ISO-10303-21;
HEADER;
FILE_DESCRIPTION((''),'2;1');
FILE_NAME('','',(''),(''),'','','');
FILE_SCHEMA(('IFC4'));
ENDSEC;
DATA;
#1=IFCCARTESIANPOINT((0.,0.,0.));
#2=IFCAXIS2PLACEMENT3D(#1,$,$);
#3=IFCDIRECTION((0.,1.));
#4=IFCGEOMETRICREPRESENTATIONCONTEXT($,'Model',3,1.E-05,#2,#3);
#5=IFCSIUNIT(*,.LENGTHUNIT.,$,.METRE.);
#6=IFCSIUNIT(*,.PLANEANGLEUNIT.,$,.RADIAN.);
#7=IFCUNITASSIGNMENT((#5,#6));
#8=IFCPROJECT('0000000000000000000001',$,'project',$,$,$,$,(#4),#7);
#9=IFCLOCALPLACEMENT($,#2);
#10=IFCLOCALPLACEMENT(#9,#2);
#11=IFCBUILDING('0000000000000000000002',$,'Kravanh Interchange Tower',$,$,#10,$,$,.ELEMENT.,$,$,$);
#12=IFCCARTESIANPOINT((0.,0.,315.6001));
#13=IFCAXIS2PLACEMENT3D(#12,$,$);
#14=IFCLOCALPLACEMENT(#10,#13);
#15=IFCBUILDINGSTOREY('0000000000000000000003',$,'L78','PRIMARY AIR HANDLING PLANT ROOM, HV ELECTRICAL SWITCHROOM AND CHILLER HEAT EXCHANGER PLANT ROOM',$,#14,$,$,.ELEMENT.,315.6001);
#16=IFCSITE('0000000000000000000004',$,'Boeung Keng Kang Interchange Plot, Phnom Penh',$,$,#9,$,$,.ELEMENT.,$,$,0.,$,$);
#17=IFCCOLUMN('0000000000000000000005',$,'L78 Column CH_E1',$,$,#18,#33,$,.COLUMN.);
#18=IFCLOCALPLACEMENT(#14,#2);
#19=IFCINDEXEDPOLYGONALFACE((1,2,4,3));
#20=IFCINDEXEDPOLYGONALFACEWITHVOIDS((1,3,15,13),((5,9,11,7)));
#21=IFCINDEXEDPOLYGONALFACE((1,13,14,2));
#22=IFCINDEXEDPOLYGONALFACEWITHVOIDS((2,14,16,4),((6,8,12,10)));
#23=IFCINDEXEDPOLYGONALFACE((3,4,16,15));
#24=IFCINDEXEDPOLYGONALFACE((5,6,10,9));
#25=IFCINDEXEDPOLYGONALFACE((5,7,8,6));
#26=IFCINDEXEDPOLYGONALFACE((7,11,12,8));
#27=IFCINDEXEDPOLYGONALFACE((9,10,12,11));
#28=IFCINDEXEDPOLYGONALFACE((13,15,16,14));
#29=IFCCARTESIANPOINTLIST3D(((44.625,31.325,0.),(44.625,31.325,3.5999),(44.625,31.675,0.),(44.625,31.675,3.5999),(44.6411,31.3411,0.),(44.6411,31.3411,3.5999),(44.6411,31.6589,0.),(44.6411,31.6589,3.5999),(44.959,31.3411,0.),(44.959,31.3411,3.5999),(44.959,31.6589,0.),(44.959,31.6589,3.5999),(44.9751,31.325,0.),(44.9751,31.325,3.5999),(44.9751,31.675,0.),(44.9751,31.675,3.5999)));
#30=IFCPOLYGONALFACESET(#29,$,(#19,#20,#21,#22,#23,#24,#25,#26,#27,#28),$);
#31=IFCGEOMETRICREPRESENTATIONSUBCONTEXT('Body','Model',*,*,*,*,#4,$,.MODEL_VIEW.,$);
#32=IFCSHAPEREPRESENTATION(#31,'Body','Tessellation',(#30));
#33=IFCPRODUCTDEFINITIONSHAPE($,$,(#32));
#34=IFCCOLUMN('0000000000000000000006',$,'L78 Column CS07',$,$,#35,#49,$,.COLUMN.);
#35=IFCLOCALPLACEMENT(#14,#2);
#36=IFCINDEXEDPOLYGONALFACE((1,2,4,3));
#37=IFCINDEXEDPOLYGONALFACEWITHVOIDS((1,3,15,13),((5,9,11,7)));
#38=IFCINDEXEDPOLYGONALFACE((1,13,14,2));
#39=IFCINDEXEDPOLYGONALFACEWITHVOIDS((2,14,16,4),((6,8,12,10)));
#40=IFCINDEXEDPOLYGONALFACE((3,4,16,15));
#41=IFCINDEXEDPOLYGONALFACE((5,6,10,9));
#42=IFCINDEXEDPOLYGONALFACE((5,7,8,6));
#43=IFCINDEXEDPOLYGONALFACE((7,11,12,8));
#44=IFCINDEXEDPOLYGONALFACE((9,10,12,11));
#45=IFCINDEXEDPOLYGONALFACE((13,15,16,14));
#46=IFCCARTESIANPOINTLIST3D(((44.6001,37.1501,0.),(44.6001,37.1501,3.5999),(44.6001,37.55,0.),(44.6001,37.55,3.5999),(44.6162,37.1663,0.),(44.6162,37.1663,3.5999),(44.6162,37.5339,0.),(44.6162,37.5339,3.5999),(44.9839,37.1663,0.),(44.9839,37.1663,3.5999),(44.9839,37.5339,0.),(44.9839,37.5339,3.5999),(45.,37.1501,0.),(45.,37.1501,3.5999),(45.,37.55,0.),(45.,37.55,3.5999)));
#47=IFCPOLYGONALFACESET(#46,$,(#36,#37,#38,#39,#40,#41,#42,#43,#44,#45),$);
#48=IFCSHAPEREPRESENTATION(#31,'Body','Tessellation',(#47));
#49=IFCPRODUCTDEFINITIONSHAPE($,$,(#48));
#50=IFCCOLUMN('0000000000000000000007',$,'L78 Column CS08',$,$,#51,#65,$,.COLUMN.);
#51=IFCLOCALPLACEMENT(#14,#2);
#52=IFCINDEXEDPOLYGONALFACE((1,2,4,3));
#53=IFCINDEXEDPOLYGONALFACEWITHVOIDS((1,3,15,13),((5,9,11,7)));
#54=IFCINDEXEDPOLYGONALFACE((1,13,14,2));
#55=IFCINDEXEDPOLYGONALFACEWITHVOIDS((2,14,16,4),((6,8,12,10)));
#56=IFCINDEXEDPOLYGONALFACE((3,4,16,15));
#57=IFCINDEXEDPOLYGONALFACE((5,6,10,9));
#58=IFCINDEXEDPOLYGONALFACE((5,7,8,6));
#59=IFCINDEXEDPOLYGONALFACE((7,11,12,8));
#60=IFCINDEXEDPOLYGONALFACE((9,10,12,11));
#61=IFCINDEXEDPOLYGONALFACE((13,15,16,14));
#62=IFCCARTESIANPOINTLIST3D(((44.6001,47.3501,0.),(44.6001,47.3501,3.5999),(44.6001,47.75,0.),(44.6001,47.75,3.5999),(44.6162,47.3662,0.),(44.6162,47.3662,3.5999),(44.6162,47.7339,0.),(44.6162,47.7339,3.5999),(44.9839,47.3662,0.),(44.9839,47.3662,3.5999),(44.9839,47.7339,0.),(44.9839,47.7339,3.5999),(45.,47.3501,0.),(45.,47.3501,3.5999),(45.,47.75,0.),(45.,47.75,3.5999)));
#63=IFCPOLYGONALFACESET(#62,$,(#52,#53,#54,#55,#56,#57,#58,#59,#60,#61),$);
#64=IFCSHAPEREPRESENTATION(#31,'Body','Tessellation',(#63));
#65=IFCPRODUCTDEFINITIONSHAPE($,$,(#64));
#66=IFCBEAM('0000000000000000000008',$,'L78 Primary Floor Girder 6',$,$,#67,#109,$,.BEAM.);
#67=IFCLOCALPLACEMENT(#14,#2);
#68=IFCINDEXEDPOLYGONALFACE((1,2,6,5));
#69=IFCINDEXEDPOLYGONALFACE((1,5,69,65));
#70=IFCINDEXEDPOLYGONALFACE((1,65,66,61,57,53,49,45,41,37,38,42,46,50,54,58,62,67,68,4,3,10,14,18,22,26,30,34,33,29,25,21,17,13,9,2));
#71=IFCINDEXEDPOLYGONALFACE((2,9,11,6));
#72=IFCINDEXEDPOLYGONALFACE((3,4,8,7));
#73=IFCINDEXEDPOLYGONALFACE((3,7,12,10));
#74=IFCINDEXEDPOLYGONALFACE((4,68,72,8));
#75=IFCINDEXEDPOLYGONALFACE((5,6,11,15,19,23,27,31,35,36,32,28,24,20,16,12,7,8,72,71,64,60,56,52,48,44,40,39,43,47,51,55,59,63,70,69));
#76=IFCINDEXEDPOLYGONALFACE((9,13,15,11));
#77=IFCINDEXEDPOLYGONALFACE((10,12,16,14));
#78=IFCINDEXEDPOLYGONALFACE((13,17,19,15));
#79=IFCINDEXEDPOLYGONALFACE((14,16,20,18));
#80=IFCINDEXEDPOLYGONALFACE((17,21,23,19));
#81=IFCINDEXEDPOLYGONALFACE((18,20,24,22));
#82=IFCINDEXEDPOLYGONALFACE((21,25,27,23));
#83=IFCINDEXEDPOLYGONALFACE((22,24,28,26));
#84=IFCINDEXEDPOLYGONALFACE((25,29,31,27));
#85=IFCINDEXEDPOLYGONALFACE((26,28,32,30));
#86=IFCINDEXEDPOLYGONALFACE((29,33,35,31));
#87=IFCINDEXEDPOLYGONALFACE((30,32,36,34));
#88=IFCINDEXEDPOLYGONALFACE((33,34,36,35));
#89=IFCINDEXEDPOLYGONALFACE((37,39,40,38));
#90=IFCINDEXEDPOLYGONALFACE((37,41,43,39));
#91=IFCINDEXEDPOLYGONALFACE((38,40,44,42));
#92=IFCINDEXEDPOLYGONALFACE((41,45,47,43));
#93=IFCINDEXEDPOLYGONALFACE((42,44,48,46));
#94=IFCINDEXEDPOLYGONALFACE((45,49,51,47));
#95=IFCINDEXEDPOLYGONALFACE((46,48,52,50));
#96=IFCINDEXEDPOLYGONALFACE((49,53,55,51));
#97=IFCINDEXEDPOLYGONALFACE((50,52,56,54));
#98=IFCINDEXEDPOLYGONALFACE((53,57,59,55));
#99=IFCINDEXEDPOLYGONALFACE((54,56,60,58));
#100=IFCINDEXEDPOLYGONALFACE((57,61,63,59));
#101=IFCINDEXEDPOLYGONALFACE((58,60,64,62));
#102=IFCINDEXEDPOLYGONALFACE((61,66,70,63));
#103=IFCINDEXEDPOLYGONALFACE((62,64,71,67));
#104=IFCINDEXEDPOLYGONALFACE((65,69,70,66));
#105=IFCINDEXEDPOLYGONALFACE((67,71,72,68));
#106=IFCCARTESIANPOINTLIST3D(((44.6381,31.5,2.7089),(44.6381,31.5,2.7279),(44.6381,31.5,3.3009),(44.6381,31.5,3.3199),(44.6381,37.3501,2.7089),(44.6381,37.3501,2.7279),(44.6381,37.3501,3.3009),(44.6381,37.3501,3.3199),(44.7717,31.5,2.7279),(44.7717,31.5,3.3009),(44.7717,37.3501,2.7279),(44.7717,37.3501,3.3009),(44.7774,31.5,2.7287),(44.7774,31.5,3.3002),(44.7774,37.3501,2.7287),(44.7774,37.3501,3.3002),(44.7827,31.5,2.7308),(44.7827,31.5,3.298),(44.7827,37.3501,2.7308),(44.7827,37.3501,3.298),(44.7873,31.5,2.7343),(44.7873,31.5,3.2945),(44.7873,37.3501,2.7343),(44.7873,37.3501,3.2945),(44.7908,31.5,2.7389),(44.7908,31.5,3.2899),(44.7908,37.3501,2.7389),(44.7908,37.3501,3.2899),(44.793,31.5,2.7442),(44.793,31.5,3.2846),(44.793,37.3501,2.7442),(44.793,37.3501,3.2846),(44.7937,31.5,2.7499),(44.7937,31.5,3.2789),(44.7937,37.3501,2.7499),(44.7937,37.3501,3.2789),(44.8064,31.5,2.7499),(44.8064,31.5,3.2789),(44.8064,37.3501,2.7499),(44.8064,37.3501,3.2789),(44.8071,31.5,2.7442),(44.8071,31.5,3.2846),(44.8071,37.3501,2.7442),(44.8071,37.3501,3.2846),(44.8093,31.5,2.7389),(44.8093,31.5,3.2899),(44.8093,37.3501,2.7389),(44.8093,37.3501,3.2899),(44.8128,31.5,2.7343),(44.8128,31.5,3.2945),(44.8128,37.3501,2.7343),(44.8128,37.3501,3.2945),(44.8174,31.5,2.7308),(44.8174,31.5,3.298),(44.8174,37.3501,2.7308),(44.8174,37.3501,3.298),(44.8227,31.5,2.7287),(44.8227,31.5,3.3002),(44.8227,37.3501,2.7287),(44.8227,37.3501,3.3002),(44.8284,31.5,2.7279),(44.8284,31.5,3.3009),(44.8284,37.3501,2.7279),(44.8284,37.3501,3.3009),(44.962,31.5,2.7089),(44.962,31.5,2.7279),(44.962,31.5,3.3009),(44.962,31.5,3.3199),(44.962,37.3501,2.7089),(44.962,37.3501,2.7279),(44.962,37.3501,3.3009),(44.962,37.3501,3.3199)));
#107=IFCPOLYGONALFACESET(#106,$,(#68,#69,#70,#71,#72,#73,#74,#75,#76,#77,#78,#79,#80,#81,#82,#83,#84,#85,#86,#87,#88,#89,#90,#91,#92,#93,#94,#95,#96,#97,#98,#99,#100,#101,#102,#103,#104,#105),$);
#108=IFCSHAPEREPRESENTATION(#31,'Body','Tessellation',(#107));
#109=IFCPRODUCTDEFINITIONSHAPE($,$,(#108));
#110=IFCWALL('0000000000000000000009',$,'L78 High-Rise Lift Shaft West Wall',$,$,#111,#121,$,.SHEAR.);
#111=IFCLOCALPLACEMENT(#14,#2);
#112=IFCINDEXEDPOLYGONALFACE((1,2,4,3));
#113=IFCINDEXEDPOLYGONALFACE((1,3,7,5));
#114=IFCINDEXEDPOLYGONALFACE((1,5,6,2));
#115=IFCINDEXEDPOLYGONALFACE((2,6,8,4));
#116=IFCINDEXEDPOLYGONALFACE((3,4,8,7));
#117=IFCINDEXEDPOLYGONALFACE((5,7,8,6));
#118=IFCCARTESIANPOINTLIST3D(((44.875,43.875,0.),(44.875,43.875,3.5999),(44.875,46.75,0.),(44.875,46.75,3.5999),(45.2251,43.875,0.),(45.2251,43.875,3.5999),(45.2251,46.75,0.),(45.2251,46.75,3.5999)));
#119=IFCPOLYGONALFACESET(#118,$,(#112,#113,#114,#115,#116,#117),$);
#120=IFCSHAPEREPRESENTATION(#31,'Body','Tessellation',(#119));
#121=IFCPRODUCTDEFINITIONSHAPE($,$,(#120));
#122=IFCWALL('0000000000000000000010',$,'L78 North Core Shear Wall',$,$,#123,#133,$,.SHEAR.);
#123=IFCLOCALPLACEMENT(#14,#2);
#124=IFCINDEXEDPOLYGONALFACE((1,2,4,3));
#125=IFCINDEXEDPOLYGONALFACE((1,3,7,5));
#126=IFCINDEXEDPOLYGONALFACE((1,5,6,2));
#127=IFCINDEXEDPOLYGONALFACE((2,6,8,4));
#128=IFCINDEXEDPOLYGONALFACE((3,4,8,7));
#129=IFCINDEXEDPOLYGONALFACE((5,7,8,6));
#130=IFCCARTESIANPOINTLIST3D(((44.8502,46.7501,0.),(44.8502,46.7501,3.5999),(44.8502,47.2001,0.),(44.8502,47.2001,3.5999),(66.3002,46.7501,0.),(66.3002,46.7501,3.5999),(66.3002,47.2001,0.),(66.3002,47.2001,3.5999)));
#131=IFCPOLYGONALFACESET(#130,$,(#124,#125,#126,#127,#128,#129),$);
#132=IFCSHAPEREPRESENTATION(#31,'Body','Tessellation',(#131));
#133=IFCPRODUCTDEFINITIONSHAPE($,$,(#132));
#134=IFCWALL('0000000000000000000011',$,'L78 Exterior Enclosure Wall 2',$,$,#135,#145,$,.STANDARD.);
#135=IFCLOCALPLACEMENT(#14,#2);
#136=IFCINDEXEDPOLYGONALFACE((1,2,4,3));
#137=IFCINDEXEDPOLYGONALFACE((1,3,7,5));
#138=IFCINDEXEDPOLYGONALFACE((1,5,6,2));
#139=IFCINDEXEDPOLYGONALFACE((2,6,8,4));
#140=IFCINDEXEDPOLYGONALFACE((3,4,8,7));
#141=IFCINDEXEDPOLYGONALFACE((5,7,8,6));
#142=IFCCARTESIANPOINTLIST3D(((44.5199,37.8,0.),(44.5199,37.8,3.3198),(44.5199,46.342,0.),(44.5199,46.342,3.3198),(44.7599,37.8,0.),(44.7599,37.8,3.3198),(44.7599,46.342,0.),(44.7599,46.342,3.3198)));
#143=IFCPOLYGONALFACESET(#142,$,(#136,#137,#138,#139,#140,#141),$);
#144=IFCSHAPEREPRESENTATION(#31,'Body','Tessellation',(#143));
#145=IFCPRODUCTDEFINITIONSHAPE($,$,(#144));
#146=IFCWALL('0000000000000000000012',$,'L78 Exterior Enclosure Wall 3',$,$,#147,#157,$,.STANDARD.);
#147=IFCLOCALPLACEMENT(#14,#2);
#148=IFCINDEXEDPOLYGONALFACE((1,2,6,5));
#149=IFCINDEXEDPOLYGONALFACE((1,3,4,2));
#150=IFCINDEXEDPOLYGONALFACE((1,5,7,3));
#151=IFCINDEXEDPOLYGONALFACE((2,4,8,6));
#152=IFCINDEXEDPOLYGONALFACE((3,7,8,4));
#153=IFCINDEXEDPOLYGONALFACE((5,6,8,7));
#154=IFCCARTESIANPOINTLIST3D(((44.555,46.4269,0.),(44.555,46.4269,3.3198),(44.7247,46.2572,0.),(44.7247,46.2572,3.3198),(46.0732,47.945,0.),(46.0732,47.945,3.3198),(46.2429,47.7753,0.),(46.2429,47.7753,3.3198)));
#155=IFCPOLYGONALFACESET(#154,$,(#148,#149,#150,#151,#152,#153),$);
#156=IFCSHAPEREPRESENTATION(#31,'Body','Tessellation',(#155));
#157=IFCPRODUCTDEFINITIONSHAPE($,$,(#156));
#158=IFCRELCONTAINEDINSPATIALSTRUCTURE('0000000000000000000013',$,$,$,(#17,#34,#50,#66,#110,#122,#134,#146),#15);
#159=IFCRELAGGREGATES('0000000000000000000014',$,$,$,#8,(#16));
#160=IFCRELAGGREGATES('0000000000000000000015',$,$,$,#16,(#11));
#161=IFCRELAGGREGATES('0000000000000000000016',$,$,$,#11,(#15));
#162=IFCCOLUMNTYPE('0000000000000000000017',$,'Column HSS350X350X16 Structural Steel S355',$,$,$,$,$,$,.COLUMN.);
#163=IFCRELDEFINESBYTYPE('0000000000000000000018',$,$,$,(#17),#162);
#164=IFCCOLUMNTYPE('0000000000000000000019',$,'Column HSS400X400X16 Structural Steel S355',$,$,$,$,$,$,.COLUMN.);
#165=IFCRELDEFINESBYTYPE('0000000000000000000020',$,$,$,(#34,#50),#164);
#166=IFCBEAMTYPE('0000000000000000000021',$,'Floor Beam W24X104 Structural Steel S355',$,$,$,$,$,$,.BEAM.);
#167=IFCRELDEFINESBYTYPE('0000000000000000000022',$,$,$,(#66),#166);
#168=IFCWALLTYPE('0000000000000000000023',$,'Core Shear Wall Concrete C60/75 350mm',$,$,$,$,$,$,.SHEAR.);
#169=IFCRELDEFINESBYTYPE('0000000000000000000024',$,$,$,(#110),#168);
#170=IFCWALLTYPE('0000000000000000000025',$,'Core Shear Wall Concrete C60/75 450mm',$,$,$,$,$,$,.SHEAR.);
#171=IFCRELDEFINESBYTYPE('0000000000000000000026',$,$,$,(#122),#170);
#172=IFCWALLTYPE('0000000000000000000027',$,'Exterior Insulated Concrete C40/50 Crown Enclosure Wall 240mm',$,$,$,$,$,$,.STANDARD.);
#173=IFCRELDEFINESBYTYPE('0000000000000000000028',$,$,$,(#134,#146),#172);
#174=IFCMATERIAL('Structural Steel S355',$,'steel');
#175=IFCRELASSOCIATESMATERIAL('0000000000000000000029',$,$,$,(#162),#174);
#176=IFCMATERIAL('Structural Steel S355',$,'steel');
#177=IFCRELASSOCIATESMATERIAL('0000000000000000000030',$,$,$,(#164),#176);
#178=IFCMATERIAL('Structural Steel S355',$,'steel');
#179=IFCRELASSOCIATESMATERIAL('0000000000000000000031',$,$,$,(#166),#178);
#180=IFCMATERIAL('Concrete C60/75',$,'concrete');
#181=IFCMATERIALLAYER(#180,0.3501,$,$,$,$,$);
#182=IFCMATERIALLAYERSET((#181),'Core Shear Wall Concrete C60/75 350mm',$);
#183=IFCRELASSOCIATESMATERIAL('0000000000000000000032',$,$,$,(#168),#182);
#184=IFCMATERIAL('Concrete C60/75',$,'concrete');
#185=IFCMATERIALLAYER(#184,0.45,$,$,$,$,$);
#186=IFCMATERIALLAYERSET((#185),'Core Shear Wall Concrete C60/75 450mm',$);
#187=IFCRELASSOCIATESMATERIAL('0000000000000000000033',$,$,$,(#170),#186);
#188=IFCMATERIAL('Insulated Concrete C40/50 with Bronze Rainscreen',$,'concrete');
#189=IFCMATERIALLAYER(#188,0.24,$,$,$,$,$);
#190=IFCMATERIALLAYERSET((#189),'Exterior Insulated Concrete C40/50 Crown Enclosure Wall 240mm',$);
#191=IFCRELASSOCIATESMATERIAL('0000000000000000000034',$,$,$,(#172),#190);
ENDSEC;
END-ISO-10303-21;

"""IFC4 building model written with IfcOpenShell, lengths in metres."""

from ifc_helpers import new_model, si_unit, direction, frame, frame_2d, origin, origin_2d, place, context, subcontext, project, spatial, rectangle, hollow_rectangle, i_section, extrude, material, layer, layer_set, material_profile, profile_set, type_object, element, save


model = new_model("IFC4")

# Units and contexts
model_context = context("Model", 3, precision=1e-05, world=origin(), true_north=direction((0.0, 1.0)))
body_context = subcontext(model_context, "Body", "Model", "MODEL_VIEW")
ifc_project = project(units=[si_unit("LENGTHUNIT", "METRE"), si_unit("PLANEANGLEUNIT", "RADIAN")], contexts=[model_context])

# Site, building, storey
site_placement = place(None, origin())
site = spatial("IfcSite", under=ifc_project, at=site_placement, Name="Boeung Keng Kang Interchange Plot, Phnom Penh", CompositionType="ELEMENT", RefElevation=0.0)
building_placement = place(site_placement, origin())
building = spatial("IfcBuilding", under=site, at=building_placement, Name="Kravanh Interchange Tower", CompositionType="ELEMENT")
storey_placement = place(building_placement, frame((0.0, 0.0, 315.6001)))
storey = spatial("IfcBuildingStorey", under=building, at=storey_placement, Name="L78", Description="PRIMARY AIR HANDLING PLANT ROOM, HV ELECTRICAL SWITCHROOM AND CHILLER HEAT EXCHANGER PLANT ROOM", CompositionType="ELEMENT", Elevation=315.6001)

# Columns
ifc_material_1 = material(Name="Structural Steel S355", Category="steel")
ifc_material_profile_1 = material_profile(ifc_material_1, hollow_rectangle(XDim=0.3501, YDim=0.3501, WallThickness=0.0161, at=origin_2d()), Name="HSS350X350X16")
ifc_profile_set_1 = profile_set([ifc_material_profile_1], Name="Structural Steel S355")
column_type_1 = type_object("IfcColumnType", Name="Column HSS350X350X16 Structural Steel S355", PredefinedType="COLUMN", material=ifc_profile_set_1)
column_placement = place(storey_placement, frame((44.8, 31.5, 0.0), z_axis=(0.0, 0.0, 1.0), x_axis=(1.0, 0.0, 0.0)))
element("IfcColumn", 1, at=column_placement, inside=storey, type_object=column_type_1, Name="L78 Column CH_E1", PredefinedType="COLUMN", context=body_context, shape_type="SweptSolid", body=[
    extrude(hollow_rectangle(XDim=0.3501, YDim=0.3501, WallThickness=0.0161, at=origin_2d()), origin(), (0.0, 0.0, 1.0), 3.5999),
])
ifc_material_2 = material(Name="Structural Steel S355", Category="steel")
ifc_material_profile_2 = material_profile(ifc_material_2, hollow_rectangle(XDim=0.3999, YDim=0.3999, WallThickness=0.0161, at=origin_2d()), Name="HSS400X400X16")
ifc_profile_set_2 = profile_set([ifc_material_profile_2], Name="Structural Steel S355")
column_type_2 = type_object("IfcColumnType", Name="Column HSS400X400X16 Structural Steel S355", PredefinedType="COLUMN", material=ifc_profile_set_2)
for number, where, z_axis, x_axis, name in (
    (2, (44.8, 37.3501, 0.0), (0.0, 0.0, 1.0), (1.0, 0.0, 0.0), "L78 Column CS07"),
    (3, (44.8, 47.55, 0.0), (0.0, 0.0, 1.0), (1.0, 0.0, 0.0), "L78 Column CS08"),
):
    element("IfcColumn", number, at=place(storey_placement, frame(where, z_axis=z_axis, x_axis=x_axis)), inside=storey, type_object=column_type_2, Name=name, PredefinedType="COLUMN", context=body_context, shape_type="SweptSolid", body=[
        extrude(hollow_rectangle(XDim=0.3999, YDim=0.3999, WallThickness=0.0161, at=origin_2d()), origin(), (0.0, 0.0, 1.0), 3.5999),
    ])

# Beam
ifc_material_3 = material(Name="Structural Steel S355", Category="steel")
ifc_material_profile_3 = material_profile(ifc_material_3, i_section(OverallWidth=0.324, OverallDepth=0.6111, WebThickness=0.0127, FlangeThickness=0.019, FilletRadius=0.022, at=origin_2d()), Name="W24X104")
ifc_profile_set_3 = profile_set([ifc_material_profile_3], Name="Structural Steel S355")
beam_type = type_object("IfcBeamType", Name="Floor Beam W24X104 Structural Steel S355", PredefinedType="BEAM", material=ifc_profile_set_3)
beam_placement = place(storey_placement, frame((44.8, 31.5, 3.0144), z_axis=(0.0, 1.0, 0.0), x_axis=(-1.0, 0.0, 0.0)))
element("IfcBeam", 4, at=beam_placement, inside=storey, type_object=beam_type, Name="L78 Primary Floor Girder 6", PredefinedType="BEAM", context=body_context, shape_type="SweptSolid", body=[
    extrude(i_section(OverallWidth=0.324, OverallDepth=0.6111, WebThickness=0.0127, FlangeThickness=0.019, FilletRadius=0.022, at=origin_2d()), origin(), (0.0, 0.0, 1.0), 5.8501),
])

# Walls
ifc_material_4 = material(Name="Concrete C60/75", Category="concrete")
ifc_layer_1 = layer(ifc_material_4, 0.3501)
ifc_layer_set_1 = layer_set([ifc_layer_1], Name="Core Shear Wall Concrete C60/75 350mm")
wall_type_1 = type_object("IfcWallType", Name="Core Shear Wall Concrete C60/75 350mm", PredefinedType="SHEAR", material=ifc_layer_set_1)
wall_1_placement = place(storey_placement, frame((45.05, 43.875, 0.0), z_axis=(0.0, 0.0, 1.0), x_axis=(0.0, 1.0, 0.0)))
element("IfcWall", 5, at=wall_1_placement, inside=storey, type_object=wall_type_1, Name="L78 High-Rise Lift Shaft West Wall", PredefinedType="SHEAR", context=body_context, shape_type="SweptSolid", body=[
    extrude(rectangle(XDim=2.875, YDim=0.3501, at=frame_2d((1.4375, 0.0))), origin(), (0.0, 0.0, 1.0), 3.5999),
])
ifc_material_5 = material(Name="Concrete C60/75", Category="concrete")
ifc_layer_2 = layer(ifc_material_5, 0.45)
ifc_layer_set_2 = layer_set([ifc_layer_2], Name="Core Shear Wall Concrete C60/75 450mm")
wall_type_2 = type_object("IfcWallType", Name="Core Shear Wall Concrete C60/75 450mm", PredefinedType="SHEAR", material=ifc_layer_set_2)
wall_2_placement = place(storey_placement, frame((44.8501, 46.9751, 0.0), z_axis=(0.0, 0.0, 1.0), x_axis=(1.0, 0.0, 0.0)))
element("IfcWall", 6, at=wall_2_placement, inside=storey, type_object=wall_type_2, Name="L78 North Core Shear Wall", PredefinedType="SHEAR", context=body_context, shape_type="SweptSolid", body=[
    extrude(rectangle(XDim=21.45, YDim=0.45, at=frame_2d((10.7251, 0.0))), origin(), (0.0, 0.0, 1.0), 3.5999),
])
ifc_material_6 = material(Name="Insulated Concrete C40/50 with Bronze Rainscreen", Category="concrete")
ifc_layer_3 = layer(ifc_material_6, 0.24)
ifc_layer_set_3 = layer_set([ifc_layer_3], Name="Exterior Insulated Concrete C40/50 Crown Enclosure Wall 240mm")
wall_type_3 = type_object("IfcWallType", Name="Exterior Insulated Concrete C40/50 Crown Enclosure Wall 240mm", PredefinedType="STANDARD", material=ifc_layer_set_3)
wall_3_placement = place(storey_placement, frame((44.6399, 37.8, 0.0), z_axis=(0.0, 0.0, 1.0), x_axis=(0.0, 1.0, 0.0)))
element("IfcWall", 7, at=wall_3_placement, inside=storey, type_object=wall_type_3, Name="L78 Exterior Enclosure Wall 2", PredefinedType="STANDARD", context=body_context, shape_type="SweptSolid", body=[
    extrude(rectangle(XDim=8.542, YDim=0.24, at=frame_2d((4.271, 0.0))), origin(), (0.0, 0.0, 1.0), 3.3198),
])
wall_4_placement = place(storey_placement, frame((44.6399, 46.342, 0.0), z_axis=(0.0, 0.0, 1.0), x_axis=(0.707107, 0.707107, 0.0)))
element("IfcWall", 8, at=wall_4_placement, inside=storey, type_object=wall_type_3, Name="L78 Exterior Enclosure Wall 3", PredefinedType="STANDARD", context=body_context, shape_type="SweptSolid", body=[
    extrude(rectangle(XDim=2.147, YDim=0.24, at=frame_2d((1.0735, 0.0))), origin(), (0.0, 0.0, 1.0), 3.3198),
])

save(model, "model.ifc")
